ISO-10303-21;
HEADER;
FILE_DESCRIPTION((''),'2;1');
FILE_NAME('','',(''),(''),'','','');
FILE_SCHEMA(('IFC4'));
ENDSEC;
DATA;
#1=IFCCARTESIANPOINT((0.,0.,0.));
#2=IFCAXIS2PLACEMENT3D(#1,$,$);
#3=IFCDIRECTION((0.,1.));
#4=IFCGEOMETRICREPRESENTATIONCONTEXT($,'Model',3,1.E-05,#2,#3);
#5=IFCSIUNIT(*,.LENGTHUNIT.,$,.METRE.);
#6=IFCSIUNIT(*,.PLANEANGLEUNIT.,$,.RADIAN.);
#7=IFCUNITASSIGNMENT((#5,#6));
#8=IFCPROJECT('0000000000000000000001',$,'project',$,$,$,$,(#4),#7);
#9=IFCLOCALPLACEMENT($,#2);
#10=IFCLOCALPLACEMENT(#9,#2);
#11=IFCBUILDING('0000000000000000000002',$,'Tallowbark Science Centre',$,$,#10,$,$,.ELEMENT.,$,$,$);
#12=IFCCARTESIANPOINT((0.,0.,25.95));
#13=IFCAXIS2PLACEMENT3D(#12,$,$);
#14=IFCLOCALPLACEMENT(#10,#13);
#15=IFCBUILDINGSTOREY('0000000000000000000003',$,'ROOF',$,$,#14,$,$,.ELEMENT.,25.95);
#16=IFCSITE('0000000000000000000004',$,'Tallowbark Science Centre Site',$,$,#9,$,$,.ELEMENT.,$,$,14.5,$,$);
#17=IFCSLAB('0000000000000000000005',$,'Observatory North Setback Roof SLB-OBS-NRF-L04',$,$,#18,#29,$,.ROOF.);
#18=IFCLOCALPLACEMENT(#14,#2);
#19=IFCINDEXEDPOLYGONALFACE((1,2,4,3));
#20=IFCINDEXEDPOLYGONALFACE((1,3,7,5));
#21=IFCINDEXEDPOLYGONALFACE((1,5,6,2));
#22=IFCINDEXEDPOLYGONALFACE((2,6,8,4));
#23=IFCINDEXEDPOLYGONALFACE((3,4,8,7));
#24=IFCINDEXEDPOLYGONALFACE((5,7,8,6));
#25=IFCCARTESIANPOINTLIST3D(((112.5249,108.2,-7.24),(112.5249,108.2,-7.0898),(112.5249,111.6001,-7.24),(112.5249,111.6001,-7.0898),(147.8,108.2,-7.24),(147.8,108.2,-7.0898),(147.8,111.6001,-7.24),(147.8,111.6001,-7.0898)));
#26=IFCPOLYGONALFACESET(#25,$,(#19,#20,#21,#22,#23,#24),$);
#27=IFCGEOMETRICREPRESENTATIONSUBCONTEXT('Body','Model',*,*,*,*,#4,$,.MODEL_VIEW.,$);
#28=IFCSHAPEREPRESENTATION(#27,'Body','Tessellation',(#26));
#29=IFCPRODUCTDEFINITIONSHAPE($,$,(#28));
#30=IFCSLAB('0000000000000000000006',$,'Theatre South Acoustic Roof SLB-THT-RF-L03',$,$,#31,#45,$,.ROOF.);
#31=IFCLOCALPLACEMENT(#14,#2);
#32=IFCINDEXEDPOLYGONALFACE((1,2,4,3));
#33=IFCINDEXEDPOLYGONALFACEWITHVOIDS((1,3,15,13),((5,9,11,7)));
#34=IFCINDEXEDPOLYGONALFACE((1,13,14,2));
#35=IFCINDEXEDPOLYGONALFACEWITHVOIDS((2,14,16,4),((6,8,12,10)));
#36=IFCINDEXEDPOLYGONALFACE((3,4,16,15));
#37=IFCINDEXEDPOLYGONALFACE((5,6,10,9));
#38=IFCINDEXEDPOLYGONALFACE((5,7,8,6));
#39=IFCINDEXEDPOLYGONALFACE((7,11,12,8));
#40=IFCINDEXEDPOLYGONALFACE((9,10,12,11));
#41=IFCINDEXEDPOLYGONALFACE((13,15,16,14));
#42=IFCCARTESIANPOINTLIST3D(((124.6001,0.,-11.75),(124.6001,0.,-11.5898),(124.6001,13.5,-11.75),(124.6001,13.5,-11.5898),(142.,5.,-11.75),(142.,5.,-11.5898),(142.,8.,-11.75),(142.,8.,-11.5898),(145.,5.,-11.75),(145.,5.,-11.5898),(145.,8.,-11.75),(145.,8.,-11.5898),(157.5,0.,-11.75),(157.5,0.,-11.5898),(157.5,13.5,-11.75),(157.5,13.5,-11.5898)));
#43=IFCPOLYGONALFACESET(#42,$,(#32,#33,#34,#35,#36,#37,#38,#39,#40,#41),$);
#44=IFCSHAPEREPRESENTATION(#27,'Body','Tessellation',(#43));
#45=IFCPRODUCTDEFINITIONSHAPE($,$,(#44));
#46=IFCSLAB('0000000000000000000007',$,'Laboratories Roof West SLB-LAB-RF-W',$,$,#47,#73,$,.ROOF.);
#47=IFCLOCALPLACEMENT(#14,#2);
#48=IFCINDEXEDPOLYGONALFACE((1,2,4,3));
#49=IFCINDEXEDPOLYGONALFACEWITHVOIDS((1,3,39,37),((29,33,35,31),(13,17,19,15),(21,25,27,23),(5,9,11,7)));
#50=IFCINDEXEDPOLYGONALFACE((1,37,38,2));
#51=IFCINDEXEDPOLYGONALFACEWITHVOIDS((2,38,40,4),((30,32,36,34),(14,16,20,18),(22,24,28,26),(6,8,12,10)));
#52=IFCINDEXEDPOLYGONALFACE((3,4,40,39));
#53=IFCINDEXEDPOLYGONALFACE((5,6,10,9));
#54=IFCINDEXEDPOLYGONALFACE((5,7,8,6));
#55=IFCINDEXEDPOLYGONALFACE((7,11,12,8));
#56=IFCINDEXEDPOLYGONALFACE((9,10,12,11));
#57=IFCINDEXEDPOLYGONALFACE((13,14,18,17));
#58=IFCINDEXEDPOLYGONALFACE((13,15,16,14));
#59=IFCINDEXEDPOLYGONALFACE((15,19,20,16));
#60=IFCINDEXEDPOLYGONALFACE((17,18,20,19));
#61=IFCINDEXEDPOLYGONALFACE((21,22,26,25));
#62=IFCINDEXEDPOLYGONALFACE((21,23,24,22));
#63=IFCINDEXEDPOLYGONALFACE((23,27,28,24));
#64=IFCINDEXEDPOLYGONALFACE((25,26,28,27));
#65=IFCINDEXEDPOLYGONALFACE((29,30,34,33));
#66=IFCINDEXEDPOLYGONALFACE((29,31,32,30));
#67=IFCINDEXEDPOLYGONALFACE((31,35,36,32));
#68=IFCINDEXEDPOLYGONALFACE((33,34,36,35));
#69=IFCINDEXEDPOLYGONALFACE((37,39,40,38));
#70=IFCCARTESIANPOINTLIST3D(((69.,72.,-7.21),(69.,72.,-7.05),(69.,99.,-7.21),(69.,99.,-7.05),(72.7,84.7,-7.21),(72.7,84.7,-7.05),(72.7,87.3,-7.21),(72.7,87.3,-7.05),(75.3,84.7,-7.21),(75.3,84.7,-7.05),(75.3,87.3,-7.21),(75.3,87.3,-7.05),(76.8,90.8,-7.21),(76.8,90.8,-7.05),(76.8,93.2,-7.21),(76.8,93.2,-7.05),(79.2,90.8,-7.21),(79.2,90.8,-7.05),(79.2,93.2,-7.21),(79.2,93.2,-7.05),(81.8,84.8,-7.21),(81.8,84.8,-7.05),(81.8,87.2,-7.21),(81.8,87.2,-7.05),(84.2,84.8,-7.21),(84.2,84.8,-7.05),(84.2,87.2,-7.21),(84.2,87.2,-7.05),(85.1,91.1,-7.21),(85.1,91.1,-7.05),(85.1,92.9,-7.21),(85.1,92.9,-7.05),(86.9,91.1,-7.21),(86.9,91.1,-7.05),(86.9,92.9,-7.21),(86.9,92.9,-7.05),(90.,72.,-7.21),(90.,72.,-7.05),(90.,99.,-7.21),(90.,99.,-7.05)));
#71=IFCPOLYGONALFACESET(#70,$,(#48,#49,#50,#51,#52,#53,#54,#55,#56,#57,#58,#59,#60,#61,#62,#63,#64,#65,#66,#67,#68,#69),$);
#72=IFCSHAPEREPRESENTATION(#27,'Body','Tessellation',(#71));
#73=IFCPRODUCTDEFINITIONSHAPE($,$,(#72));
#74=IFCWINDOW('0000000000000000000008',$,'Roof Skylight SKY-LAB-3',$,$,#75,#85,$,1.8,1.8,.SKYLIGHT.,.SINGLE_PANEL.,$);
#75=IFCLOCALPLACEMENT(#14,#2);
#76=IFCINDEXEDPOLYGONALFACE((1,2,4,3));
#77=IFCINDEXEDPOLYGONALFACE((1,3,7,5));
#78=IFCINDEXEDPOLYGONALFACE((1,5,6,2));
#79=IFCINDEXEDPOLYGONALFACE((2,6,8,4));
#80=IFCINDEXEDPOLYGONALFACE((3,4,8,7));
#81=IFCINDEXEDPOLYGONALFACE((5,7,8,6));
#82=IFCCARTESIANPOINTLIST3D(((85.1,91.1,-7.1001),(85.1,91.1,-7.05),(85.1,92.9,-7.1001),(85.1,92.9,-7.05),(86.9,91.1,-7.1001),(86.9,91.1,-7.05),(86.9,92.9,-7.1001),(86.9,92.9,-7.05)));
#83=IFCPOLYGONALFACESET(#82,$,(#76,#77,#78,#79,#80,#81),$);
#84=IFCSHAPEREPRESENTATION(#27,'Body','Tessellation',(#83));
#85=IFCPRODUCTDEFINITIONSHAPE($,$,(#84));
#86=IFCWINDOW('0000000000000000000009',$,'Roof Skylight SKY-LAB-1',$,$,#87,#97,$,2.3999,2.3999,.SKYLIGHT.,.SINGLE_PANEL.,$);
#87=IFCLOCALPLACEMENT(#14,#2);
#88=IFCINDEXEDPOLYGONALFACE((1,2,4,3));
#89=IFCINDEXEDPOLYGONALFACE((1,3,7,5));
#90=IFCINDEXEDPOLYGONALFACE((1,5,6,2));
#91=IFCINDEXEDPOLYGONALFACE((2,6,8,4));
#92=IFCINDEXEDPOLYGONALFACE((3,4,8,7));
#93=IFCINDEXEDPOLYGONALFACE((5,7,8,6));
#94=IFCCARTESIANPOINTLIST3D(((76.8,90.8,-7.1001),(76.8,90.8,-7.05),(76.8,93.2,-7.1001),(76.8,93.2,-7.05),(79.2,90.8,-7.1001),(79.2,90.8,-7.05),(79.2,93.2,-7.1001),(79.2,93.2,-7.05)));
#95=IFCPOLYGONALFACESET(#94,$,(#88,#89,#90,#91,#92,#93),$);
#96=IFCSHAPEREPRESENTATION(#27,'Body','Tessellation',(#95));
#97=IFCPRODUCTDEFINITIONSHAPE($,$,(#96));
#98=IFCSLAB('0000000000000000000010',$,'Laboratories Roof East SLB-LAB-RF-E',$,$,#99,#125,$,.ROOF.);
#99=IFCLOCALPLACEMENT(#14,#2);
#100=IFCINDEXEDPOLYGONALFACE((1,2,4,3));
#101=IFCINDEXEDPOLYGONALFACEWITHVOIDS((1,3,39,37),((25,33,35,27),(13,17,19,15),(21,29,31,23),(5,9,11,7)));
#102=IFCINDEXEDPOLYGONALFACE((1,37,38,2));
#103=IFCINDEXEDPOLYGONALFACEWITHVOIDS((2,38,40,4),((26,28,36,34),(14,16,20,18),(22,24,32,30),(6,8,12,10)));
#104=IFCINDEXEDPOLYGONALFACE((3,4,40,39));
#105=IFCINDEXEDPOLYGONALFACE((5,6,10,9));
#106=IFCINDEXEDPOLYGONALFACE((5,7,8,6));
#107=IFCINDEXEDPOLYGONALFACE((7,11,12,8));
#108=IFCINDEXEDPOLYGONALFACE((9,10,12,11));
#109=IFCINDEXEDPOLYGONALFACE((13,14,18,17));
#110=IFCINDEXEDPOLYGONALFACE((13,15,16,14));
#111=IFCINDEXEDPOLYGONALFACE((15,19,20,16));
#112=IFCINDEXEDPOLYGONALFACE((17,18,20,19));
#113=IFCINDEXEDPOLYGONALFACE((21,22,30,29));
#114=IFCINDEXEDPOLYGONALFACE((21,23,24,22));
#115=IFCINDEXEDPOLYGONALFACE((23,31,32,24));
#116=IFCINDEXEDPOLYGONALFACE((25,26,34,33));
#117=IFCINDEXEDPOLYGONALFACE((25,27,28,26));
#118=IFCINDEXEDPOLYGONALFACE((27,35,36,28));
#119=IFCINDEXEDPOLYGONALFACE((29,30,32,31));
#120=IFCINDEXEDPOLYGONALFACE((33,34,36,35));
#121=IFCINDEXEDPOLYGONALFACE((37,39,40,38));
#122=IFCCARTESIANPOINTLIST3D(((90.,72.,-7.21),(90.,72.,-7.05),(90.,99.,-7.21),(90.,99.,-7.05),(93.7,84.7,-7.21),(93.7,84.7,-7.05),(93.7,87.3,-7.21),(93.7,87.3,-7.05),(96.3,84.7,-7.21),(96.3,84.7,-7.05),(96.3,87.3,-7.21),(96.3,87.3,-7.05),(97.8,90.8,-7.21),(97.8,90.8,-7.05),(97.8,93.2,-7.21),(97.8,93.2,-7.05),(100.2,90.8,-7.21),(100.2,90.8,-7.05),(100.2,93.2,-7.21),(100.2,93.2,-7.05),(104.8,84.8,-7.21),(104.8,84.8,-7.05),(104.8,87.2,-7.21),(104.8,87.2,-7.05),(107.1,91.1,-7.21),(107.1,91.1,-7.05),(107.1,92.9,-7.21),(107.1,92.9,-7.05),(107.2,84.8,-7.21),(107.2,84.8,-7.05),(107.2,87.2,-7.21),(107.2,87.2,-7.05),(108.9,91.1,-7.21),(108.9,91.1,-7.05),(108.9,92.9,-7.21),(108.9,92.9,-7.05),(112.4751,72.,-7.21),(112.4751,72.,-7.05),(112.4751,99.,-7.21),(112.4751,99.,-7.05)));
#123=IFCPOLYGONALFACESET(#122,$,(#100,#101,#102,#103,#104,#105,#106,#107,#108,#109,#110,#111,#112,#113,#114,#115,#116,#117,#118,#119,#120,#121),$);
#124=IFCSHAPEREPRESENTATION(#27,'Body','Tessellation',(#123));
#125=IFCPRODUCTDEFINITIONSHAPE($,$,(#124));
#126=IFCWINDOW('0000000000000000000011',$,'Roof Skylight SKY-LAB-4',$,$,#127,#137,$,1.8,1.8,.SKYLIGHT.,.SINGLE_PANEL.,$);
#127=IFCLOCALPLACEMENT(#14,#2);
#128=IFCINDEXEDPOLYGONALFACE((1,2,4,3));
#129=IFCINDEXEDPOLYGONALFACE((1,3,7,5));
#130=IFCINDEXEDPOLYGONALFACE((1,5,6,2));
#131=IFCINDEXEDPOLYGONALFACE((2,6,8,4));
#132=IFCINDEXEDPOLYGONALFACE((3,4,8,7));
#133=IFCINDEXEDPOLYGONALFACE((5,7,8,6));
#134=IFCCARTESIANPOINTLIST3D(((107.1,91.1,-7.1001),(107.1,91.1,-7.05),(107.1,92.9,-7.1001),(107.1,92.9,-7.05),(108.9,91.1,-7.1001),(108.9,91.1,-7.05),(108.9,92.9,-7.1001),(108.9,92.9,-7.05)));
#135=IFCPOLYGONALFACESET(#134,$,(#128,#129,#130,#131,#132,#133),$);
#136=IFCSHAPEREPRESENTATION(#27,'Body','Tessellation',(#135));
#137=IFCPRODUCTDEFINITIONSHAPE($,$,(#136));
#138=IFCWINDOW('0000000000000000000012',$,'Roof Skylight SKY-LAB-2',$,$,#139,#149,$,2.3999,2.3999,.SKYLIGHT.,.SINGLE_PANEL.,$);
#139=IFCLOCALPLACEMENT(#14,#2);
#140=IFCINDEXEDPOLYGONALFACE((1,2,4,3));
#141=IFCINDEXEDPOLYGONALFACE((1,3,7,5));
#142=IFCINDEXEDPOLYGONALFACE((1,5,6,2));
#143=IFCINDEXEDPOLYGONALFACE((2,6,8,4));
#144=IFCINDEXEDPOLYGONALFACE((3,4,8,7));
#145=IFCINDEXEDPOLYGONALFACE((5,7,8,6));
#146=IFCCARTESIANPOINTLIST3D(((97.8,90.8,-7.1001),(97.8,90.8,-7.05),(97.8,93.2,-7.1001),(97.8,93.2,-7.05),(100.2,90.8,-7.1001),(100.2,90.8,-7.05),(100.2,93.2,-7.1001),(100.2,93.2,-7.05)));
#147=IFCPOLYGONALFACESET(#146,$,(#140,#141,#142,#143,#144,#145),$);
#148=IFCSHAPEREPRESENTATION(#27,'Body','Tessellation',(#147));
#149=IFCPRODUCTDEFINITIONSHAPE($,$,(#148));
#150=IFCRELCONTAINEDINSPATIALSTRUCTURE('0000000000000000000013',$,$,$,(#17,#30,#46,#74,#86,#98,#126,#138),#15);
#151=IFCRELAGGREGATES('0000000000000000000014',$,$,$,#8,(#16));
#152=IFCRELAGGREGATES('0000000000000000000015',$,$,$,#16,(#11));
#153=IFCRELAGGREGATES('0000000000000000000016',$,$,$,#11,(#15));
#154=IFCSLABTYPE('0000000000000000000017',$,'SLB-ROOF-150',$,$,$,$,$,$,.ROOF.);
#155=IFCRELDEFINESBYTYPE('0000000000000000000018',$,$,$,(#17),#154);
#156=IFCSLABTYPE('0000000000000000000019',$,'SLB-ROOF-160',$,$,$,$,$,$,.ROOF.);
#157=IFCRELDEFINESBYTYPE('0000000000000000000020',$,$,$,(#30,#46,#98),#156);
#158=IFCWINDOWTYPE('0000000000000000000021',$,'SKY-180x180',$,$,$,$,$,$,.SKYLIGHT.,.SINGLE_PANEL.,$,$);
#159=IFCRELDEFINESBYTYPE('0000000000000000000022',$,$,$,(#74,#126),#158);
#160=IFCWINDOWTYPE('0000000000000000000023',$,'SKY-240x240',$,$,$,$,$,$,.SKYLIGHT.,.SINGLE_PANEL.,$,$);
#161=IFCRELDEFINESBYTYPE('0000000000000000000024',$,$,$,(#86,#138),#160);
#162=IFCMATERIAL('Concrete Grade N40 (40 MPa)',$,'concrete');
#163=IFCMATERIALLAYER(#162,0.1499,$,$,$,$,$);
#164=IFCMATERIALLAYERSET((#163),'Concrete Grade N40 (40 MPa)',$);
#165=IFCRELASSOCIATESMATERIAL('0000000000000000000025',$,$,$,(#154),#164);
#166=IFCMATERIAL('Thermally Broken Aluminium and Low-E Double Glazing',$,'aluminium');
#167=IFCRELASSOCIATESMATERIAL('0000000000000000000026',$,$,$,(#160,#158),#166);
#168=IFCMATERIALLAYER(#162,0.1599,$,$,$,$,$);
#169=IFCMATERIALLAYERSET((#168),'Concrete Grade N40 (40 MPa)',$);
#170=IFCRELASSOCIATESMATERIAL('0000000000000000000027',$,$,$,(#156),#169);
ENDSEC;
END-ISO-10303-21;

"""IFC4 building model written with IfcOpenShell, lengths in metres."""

from ifc_helpers import new_model, si_unit, direction, frame, origin, origin_2d, place, context, subcontext, project, spatial, polyline, rectangle, outline, extrude, material, layer, layer_set, type_object, element, fill, save


model = new_model("IFC4")

# Units and contexts
model_context = context("Model", 3, precision=1e-05, world=origin(), true_north=direction((0.0, 1.0)))
body_context = subcontext(model_context, "Body", "Model", "MODEL_VIEW")
ifc_project = project(units=[si_unit("LENGTHUNIT", "METRE"), si_unit("PLANEANGLEUNIT", "RADIAN")], contexts=[model_context])

# Site, building, storey
site_placement = place(None, origin())
site = spatial("IfcSite", under=ifc_project, at=site_placement, Name="Tallowbark Science Centre Site", CompositionType="ELEMENT", RefElevation=14.5)
building_placement = place(site_placement, origin())
building = spatial("IfcBuilding", under=site, at=building_placement, Name="Tallowbark Science Centre", CompositionType="ELEMENT")
storey_placement = place(building_placement, frame((0.0, 0.0, 25.95)))
storey = spatial("IfcBuildingStorey", under=building, at=storey_placement, Name="ROOF", CompositionType="ELEMENT", Elevation=25.95)

# Shared definitions
ifc_material_1 = material(Name="Concrete Grade N40 (40 MPa)", Category="concrete")
ifc_layer_1 = layer(ifc_material_1, 0.1499)
ifc_layer_set_1 = layer_set([ifc_layer_1], Name="Concrete Grade N40 (40 MPa)")
slab_type_1 = type_object("IfcSlabType", Name="SLB-ROOF-150", PredefinedType="ROOF", material=ifc_layer_set_1)

# Shared definitions
ifc_material_2 = material(Name="Thermally Broken Aluminium and Low-E Double Glazing", Category="aluminium")
window_type_1 = type_object("IfcWindowType", Name="SKY-240x240", PartitioningType="SINGLE_PANEL", PredefinedType="SKYLIGHT", material=ifc_material_2)

# Slabs
slab_1_placement = place(storey_placement, frame((0.0, 0.0, -7.24)))
element("IfcSlab", 1, at=slab_1_placement, inside=storey, type_object=slab_type_1, Name="Observatory North Setback Roof SLB-OBS-NRF-L04", PredefinedType="ROOF", context=body_context, shape_type="SweptSolid", body=[
    extrude(outline(polyline([(112.5249, 108.2), (147.8, 108.2), (147.8, 111.6001), (112.5249, 111.6001), (112.5249, 108.2)])), origin(), (0.0, 0.0, 1.0), 0.1501),
])
ifc_layer_2 = layer(ifc_material_1, 0.1599)
ifc_layer_set_2 = layer_set([ifc_layer_2], Name="Concrete Grade N40 (40 MPa)")
slab_type_2 = type_object("IfcSlabType", Name="SLB-ROOF-160", PredefinedType="ROOF", material=ifc_layer_set_2)
slab_2_placement = place(storey_placement, frame((0.0, 0.0, -11.75)))
element("IfcSlab", 2, at=slab_2_placement, inside=storey, type_object=slab_type_2, Name="Theatre South Acoustic Roof SLB-THT-RF-L03", PredefinedType="ROOF", context=body_context, shape_type="SweptSolid", body=[
    extrude(outline(polyline([(124.6001, 0.0), (157.5, 0.0), (157.5, 13.5), (124.6001, 13.5), (124.6001, 0.0)]), holes=[polyline([(142.0, 5.0), (145.0, 5.0), (145.0, 8.0), (142.0, 8.0), (142.0, 5.0)])]), origin(), (0.0, 0.0, 1.0), 0.1602),
])

# Slabs, openings, windows
slab_3_placement = place(storey_placement, frame((0.0, 0.0, -7.21)))
slab_3 = element("IfcSlab", 3, at=slab_3_placement, inside=storey, type_object=slab_type_2, Name="Laboratories Roof West SLB-LAB-RF-W", PredefinedType="ROOF", context=body_context, shape_type="SweptSolid", body=[
    extrude(outline(polyline([(69.0, 72.0), (90.0, 72.0), (90.0, 99.0), (69.0, 99.0), (69.0, 72.0)]), holes=[polyline([(72.7, 84.7), (75.3, 84.7), (75.3, 87.3), (72.7, 87.3), (72.7, 84.7)]), polyline([(81.8, 84.8), (84.2, 84.8), (84.2, 87.2), (81.8, 87.2), (81.8, 84.8)])]), origin(), (0.0, 0.0, 1.0), 0.1599),
])
opening_1_placement = place(slab_3_placement, frame((78.0, 92.0, 0.0)))
opening_1 = element("IfcOpeningElement", 4, at=opening_1_placement, cuts=slab_3, PredefinedType="OPENING", context=body_context, shape_type="SweptSolid", body=[
    extrude(rectangle(XDim=2.3999, YDim=2.3999, at=origin_2d()), frame((0.0, 0.0, -0.01)), (0.0, 0.0, 1.0), 0.1799),
])
opening_2_placement = place(slab_3_placement, frame((86.0, 92.0, 0.0)))
opening_2 = element("IfcOpeningElement", 5, at=opening_2_placement, cuts=slab_3, PredefinedType="OPENING", context=body_context, shape_type="SweptSolid", body=[
    extrude(rectangle(XDim=1.8, YDim=1.8, at=origin_2d()), frame((0.0, 0.0, -0.01)), (0.0, 0.0, 1.0), 0.1799),
])
window_type_2 = type_object("IfcWindowType", Name="SKY-180x180", PartitioningType="SINGLE_PANEL", PredefinedType="SKYLIGHT", material=ifc_material_2)
window_1_placement = place(opening_2_placement, frame((0.0, 0.0, 0.1099)))
window_1 = element("IfcWindow", 6, at=window_1_placement, inside=storey, type_object=window_type_2, Name="Roof Skylight SKY-LAB-3", OverallHeight=1.8, OverallWidth=1.8, PartitioningType="SINGLE_PANEL", PredefinedType="SKYLIGHT", context=body_context, shape_type="SweptSolid", body=[
    extrude(rectangle(XDim=1.8, YDim=1.8, at=origin_2d()), origin(), (0.0, 0.0, 1.0), 0.05),
])
fill(opening_2, window_1)
window_2_placement = place(opening_1_placement, frame((0.0, 0.0, 0.1099)))
window_2 = element("IfcWindow", 7, at=window_2_placement, inside=storey, type_object=window_type_1, Name="Roof Skylight SKY-LAB-1", OverallHeight=2.3999, OverallWidth=2.3999, PartitioningType="SINGLE_PANEL", PredefinedType="SKYLIGHT", context=body_context, shape_type="SweptSolid", body=[
    extrude(rectangle(XDim=2.3999, YDim=2.3999, at=origin_2d()), origin(), (0.0, 0.0, 1.0), 0.05),
])
fill(opening_1, window_2)
slab_4_placement = place(storey_placement, frame((0.0, 0.0, -7.21)))
slab_4 = element("IfcSlab", 8, at=slab_4_placement, inside=storey, type_object=slab_type_2, Name="Laboratories Roof East SLB-LAB-RF-E", PredefinedType="ROOF", context=body_context, shape_type="SweptSolid", body=[
    extrude(outline(polyline([(90.0, 72.0), (112.4751, 72.0), (112.4751, 99.0), (90.0, 99.0), (90.0, 72.0)]), holes=[polyline([(93.7, 84.7), (96.3, 84.7), (96.3, 87.3), (93.7, 87.3), (93.7, 84.7)]), polyline([(104.8, 84.8), (107.2, 84.8), (107.2, 87.2), (104.8, 87.2), (104.8, 84.8)])]), origin(), (0.0, 0.0, 1.0), 0.1599),
])
opening_3_placement = place(slab_4_placement, frame((99.0, 92.0, 0.0)))
opening_3 = element("IfcOpeningElement", 9, at=opening_3_placement, cuts=slab_4, PredefinedType="OPENING", context=body_context, shape_type="SweptSolid", body=[
    extrude(rectangle(XDim=2.3999, YDim=2.3999, at=origin_2d()), frame((0.0, 0.0, -0.01)), (0.0, 0.0, 1.0), 0.1799),
])
opening_4_placement = place(slab_4_placement, frame((108.0, 92.0, 0.0)))
opening_4 = element("IfcOpeningElement", 10, at=opening_4_placement, cuts=slab_4, PredefinedType="OPENING", context=body_context, shape_type="SweptSolid", body=[
    extrude(rectangle(XDim=1.8, YDim=1.8, at=origin_2d()), frame((0.0, 0.0, -0.01)), (0.0, 0.0, 1.0), 0.1799),
])
window_3_placement = place(opening_4_placement, frame((0.0, 0.0, 0.1099)))
window_3 = element("IfcWindow", 11, at=window_3_placement, inside=storey, type_object=window_type_2, Name="Roof Skylight SKY-LAB-4", OverallHeight=1.8, OverallWidth=1.8, PartitioningType="SINGLE_PANEL", PredefinedType="SKYLIGHT", context=body_context, shape_type="SweptSolid", body=[
    extrude(rectangle(XDim=1.8, YDim=1.8, at=origin_2d()), origin(), (0.0, 0.0, 1.0), 0.05),
])
fill(opening_4, window_3)
window_4_placement = place(opening_3_placement, frame((0.0, 0.0, 0.1099)))
window_4 = element("IfcWindow", 12, at=window_4_placement, inside=storey, type_object=window_type_1, Name="Roof Skylight SKY-LAB-2", OverallHeight=2.3999, OverallWidth=2.3999, PartitioningType="SINGLE_PANEL", PredefinedType="SKYLIGHT", context=body_context, shape_type="SweptSolid", body=[
    extrude(rectangle(XDim=2.3999, YDim=2.3999, at=origin_2d()), origin(), (0.0, 0.0, 1.0), 0.05),
])
fill(opening_3, window_4)

save(model, "model.ifc")
